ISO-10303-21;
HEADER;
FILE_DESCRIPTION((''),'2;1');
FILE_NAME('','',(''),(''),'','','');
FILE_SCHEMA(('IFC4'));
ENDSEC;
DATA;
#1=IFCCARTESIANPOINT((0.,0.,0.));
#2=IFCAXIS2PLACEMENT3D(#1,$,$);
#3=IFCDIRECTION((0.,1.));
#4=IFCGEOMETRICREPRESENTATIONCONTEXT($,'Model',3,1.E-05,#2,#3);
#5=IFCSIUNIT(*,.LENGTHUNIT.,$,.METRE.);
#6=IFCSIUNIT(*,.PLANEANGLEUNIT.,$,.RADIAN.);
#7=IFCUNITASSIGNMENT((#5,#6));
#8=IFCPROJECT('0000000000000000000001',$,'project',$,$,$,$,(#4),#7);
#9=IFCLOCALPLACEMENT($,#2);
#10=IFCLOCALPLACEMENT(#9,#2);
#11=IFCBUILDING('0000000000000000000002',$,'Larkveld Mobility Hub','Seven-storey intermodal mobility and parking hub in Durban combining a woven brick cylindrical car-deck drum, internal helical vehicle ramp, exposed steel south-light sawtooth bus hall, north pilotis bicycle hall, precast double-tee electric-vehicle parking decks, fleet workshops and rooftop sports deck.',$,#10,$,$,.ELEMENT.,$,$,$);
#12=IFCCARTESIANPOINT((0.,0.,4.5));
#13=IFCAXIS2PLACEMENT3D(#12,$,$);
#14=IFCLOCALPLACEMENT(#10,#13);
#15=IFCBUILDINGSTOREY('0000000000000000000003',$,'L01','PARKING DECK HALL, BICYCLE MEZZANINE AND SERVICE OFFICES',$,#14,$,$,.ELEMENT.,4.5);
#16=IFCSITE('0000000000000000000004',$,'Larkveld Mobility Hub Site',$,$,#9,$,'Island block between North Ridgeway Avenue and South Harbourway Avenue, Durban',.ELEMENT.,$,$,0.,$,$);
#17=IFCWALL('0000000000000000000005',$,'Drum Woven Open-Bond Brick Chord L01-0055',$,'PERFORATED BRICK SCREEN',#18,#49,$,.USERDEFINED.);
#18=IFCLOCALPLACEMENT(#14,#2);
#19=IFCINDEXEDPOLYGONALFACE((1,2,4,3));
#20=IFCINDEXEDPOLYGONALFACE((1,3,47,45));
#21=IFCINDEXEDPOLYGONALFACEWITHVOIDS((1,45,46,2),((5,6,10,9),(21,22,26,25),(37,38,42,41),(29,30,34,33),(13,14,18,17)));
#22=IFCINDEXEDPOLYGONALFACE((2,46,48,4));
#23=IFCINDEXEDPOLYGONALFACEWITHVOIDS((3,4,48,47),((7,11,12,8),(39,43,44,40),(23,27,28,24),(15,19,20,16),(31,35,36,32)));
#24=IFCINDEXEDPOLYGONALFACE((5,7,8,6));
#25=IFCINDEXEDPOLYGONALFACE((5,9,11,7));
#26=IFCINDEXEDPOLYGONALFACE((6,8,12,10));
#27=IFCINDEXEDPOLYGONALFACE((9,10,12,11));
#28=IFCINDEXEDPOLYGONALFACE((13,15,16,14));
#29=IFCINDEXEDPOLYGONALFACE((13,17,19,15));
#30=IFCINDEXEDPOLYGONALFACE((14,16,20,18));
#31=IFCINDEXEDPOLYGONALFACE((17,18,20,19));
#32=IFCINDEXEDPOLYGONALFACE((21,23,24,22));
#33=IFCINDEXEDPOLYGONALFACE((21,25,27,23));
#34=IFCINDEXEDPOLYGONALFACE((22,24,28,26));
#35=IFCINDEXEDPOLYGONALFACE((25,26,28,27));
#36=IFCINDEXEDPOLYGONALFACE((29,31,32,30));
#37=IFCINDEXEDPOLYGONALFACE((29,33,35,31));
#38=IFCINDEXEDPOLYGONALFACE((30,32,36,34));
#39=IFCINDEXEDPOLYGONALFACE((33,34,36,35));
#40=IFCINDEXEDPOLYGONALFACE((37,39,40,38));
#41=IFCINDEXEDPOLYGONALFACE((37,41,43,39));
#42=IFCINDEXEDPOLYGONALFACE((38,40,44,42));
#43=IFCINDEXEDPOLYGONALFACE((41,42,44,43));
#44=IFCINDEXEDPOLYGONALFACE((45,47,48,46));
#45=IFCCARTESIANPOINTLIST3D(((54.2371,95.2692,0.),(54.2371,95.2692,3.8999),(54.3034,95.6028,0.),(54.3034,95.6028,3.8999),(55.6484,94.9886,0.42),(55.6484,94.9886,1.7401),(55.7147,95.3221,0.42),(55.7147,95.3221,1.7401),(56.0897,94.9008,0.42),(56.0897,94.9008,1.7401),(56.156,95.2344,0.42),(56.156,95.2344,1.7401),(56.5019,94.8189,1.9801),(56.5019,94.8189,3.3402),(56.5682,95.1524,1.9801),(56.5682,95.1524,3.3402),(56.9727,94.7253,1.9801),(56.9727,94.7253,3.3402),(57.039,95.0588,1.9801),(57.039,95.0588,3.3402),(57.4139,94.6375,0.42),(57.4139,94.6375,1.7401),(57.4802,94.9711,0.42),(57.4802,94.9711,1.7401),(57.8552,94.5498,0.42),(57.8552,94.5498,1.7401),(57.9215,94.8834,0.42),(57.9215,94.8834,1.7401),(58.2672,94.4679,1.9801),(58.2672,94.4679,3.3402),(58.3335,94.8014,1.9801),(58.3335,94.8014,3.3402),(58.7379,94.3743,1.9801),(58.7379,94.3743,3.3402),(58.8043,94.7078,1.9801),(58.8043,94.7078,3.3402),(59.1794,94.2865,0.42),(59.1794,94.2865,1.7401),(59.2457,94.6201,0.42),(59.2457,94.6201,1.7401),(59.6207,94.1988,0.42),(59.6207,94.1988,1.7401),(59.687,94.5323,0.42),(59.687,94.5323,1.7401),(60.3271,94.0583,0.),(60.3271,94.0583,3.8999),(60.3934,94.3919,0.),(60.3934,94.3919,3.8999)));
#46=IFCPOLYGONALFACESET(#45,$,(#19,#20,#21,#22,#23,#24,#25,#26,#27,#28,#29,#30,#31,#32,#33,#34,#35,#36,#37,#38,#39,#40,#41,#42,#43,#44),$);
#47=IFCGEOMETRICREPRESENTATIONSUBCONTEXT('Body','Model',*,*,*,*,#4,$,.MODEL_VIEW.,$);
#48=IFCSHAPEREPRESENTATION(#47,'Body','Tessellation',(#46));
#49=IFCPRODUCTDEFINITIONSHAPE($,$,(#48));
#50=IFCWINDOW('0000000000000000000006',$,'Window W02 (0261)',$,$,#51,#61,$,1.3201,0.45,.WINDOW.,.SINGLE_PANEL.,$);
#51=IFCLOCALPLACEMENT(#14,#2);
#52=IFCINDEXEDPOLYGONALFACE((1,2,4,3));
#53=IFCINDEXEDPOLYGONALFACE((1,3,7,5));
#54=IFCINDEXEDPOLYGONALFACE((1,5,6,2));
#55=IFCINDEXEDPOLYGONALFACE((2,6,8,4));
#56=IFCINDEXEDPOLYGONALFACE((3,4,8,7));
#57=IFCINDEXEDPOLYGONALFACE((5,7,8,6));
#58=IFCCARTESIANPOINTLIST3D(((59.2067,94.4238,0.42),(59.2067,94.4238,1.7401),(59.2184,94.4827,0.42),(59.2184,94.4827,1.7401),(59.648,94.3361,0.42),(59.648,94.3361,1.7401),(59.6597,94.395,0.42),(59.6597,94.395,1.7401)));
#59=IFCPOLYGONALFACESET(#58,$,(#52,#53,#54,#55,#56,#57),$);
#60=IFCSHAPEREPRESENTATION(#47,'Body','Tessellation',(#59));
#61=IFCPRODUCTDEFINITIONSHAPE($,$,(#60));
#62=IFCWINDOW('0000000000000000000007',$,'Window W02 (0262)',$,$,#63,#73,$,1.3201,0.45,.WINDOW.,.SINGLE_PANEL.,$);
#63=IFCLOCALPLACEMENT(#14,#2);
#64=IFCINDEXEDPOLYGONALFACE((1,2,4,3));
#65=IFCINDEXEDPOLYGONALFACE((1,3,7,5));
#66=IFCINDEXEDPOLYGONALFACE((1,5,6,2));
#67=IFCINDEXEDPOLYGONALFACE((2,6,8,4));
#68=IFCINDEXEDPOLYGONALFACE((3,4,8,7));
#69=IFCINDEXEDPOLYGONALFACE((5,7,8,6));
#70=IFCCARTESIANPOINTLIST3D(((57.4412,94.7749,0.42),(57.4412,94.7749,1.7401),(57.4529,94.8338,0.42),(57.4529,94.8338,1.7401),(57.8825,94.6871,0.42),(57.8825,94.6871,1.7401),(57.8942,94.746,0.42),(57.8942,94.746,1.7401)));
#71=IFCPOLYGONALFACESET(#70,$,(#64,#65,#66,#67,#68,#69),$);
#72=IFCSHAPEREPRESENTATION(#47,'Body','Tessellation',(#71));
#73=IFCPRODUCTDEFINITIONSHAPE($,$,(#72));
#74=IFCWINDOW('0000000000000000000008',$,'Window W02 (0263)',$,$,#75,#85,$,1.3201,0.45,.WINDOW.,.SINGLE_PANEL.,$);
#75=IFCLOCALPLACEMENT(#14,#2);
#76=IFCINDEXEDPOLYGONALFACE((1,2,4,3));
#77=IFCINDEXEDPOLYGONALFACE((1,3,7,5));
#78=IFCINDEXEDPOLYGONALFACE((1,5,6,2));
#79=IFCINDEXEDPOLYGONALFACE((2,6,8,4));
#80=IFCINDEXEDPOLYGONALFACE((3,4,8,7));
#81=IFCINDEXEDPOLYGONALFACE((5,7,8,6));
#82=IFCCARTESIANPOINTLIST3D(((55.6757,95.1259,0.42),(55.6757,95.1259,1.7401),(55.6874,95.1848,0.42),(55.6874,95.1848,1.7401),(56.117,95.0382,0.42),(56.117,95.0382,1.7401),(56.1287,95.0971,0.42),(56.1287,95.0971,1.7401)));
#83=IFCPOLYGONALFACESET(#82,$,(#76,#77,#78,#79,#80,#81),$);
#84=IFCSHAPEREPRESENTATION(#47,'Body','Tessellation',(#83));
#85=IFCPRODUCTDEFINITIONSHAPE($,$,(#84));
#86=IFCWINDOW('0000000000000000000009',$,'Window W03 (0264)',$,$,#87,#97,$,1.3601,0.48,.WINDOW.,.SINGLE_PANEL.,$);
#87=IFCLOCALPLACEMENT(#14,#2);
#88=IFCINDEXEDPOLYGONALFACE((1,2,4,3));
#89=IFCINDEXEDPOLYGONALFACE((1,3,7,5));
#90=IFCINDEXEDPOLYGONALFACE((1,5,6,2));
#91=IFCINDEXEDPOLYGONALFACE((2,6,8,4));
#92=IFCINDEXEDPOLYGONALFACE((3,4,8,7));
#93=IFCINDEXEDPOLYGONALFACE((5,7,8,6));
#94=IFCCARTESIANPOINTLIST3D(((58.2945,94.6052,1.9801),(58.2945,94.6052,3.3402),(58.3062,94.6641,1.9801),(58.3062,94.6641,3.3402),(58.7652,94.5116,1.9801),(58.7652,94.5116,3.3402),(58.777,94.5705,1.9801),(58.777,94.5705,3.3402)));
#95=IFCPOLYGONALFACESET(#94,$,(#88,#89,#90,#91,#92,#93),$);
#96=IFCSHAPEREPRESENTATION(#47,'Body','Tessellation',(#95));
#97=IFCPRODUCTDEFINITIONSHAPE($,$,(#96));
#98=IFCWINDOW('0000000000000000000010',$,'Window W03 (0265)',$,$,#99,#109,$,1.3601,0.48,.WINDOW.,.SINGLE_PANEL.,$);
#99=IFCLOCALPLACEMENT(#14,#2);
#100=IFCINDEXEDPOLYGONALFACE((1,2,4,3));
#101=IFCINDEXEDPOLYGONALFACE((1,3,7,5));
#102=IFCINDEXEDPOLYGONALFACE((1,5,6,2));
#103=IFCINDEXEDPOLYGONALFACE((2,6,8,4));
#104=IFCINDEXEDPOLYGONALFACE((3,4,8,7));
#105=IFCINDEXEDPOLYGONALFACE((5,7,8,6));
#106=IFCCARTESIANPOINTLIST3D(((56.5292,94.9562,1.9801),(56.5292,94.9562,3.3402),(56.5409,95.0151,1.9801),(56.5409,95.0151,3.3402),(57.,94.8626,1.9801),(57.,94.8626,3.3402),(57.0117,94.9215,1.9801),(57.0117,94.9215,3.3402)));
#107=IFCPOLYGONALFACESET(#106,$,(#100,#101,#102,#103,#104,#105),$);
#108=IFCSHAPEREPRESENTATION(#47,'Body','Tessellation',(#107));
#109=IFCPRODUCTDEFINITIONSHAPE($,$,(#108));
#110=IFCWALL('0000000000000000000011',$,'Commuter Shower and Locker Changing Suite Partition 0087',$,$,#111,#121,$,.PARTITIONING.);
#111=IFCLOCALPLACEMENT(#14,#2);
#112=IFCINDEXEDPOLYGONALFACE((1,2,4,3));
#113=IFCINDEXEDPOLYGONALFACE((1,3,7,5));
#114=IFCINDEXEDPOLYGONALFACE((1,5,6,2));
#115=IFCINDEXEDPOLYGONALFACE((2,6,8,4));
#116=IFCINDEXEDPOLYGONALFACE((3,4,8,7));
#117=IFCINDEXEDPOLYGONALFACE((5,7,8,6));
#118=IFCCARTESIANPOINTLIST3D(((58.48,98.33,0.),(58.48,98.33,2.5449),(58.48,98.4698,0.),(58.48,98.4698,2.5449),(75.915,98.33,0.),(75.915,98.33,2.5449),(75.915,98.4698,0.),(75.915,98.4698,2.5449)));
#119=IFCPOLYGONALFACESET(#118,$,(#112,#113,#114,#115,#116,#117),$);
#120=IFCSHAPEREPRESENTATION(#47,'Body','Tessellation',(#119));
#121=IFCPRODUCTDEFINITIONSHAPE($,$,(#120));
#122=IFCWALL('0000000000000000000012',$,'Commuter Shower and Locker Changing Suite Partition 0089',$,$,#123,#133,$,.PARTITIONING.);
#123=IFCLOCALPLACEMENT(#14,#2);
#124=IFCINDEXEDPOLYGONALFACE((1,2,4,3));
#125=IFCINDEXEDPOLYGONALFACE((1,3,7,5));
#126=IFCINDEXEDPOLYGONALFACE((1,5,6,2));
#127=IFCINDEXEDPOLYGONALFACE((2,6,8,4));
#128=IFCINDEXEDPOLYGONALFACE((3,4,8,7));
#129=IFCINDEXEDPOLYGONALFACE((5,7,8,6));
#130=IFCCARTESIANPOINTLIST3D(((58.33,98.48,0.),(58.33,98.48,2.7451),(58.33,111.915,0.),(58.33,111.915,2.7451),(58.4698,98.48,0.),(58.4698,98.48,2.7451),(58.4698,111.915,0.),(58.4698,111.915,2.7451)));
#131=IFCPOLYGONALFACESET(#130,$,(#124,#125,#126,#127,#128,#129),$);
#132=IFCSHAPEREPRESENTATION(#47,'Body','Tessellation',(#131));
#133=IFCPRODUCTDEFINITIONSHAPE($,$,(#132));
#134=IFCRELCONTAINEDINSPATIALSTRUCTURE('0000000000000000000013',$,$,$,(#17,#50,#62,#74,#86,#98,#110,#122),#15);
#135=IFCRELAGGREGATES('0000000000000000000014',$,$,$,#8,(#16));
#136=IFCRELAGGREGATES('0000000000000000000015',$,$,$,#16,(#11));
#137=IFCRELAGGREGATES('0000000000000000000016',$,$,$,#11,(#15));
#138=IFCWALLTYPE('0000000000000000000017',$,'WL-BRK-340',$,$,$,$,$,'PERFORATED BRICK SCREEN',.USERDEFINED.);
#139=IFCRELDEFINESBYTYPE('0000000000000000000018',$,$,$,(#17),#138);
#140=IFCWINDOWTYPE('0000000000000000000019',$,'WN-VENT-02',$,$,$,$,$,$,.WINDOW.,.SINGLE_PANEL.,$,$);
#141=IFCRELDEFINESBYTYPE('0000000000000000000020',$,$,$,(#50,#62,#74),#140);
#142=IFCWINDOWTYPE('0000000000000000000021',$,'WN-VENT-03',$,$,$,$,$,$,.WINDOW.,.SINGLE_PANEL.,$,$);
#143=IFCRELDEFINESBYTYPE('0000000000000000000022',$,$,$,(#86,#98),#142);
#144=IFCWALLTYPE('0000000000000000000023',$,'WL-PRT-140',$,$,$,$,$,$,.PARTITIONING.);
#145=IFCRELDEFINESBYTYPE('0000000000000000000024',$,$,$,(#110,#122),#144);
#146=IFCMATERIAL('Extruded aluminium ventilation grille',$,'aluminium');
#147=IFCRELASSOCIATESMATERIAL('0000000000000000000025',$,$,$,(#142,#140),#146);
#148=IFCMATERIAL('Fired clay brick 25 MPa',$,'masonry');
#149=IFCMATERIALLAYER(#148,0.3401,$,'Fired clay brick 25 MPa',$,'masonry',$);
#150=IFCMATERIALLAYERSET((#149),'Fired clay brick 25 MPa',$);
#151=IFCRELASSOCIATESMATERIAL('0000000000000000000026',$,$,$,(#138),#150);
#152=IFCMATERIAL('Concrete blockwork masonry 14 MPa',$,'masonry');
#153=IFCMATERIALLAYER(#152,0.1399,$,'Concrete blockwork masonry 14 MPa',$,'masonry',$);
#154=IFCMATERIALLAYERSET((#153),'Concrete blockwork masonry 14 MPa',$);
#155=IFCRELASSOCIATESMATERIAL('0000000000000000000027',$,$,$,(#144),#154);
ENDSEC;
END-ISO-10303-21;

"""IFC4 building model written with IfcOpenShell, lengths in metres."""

from ifc_helpers import new_model, si_unit, direction, frame, frame_2d, origin, place, context, subcontext, project, spatial, rectangle, extrude, material, layer, layer_set, type_object, element, fill, save


model = new_model("IFC4")

# Units and contexts
model_context = context("Model", 3, precision=1e-05, world=origin(), true_north=direction((0.0, 1.0)))
body_context = subcontext(model_context, "Body", "Model", "MODEL_VIEW")
ifc_project = project(units=[si_unit("LENGTHUNIT", "METRE"), si_unit("PLANEANGLEUNIT", "RADIAN")], contexts=[model_context])

# Site, building, storey
site_placement = place(None, origin())
site = spatial("IfcSite", under=ifc_project, at=site_placement, Name="Larkveld Mobility Hub Site", LongName="Island block between North Ridgeway Avenue and South Harbourway Avenue, Durban", CompositionType="ELEMENT", RefElevation=0.0)
building_placement = place(site_placement, origin())
building = spatial("IfcBuilding", under=site, at=building_placement, Name="Larkveld Mobility Hub", Description="Seven-storey intermodal mobility and parking hub in Durban combining a woven brick cylindrical car-deck drum, internal helical vehicle ramp, exposed steel south-light sawtooth bus hall, north pilotis bicycle hall, precast double-tee electric-vehicle parking decks, fleet workshops and rooftop sports deck.", CompositionType="ELEMENT")
storey_placement = place(building_placement, frame((0.0, 0.0, 4.5)))
storey = spatial("IfcBuildingStorey", under=building, at=storey_placement, Name="L01", Description="PARKING DECK HALL, BICYCLE MEZZANINE AND SERVICE OFFICES", CompositionType="ELEMENT", Elevation=4.5)

# Wall, openings, windows
ifc_material_1 = material(Name="Fired clay brick 25 MPa", Category="masonry")
ifc_material_2 = material(Name="Extruded aluminium ventilation grille", Category="aluminium")
window_type_1 = type_object("IfcWindowType", Name="WN-VENT-03", PartitioningType="SINGLE_PANEL", PredefinedType="WINDOW", material=ifc_material_2)
ifc_layer_1 = layer(ifc_material_1, 0.3401, Name="Fired clay brick 25 MPa", Category="masonry")
ifc_layer_set_1 = layer_set([ifc_layer_1], Name="Fired clay brick 25 MPa")
wall_type_1 = type_object("IfcWallType", Name="WL-BRK-340", ElementType="PERFORATED BRICK SCREEN", PredefinedType="USERDEFINED", material=ifc_layer_set_1)
wall_1_placement = place(storey_placement, frame((60.3601, 94.2251, 0.0), z_axis=(0.0, 0.0, 1.0), x_axis=(-0.980799, 0.19502, 0.0)))
wall_1 = element("IfcWall", 1, at=wall_1_placement, inside=storey, type_object=wall_type_1, Name="Drum Woven Open-Bond Brick Chord L01-0055", ObjectType="PERFORATED BRICK SCREEN", PredefinedType="USERDEFINED", context=body_context, shape_type="SweptSolid", body=[
    extrude(rectangle(XDim=6.2092, YDim=0.3401, at=frame_2d((3.1045, 0.0))), origin(), (0.0, 0.0, 1.0), 3.8999),
])
opening_1_placement = place(wall_1_placement, frame((0.72, 0.0, 0.4199)))
opening_1 = element("IfcOpeningElement", 2, at=opening_1_placement, cuts=wall_1, PredefinedType="OPENING", context=body_context, shape_type="SweptSolid", body=[
    extrude(rectangle(XDim=0.45, YDim=1.3201, at=frame_2d((0.2251, 0.6602))), frame((0.0, 0.1802, 0.0), z_axis=(0.0, -1.0, 0.0), x_axis=(1.0, 0.0, 0.0)), (0.0, 0.0, 1.0), 0.3601),
])
opening_2_placement = place(wall_1_placement, frame((2.52, 0.0, 0.4199)))
opening_2 = element("IfcOpeningElement", 3, at=opening_2_placement, cuts=wall_1, PredefinedType="OPENING", context=body_context, shape_type="SweptSolid", body=[
    extrude(rectangle(XDim=0.45, YDim=1.3201, at=frame_2d((0.2251, 0.6602))), frame((0.0, 0.1802, 0.0), z_axis=(0.0, -1.0, 0.0), x_axis=(1.0, 0.0, 0.0)), (0.0, 0.0, 1.0), 0.3601),
])
opening_3_placement = place(wall_1_placement, frame((4.3201, 0.0, 0.4199)))
opening_3 = element("IfcOpeningElement", 4, at=opening_3_placement, cuts=wall_1, PredefinedType="OPENING", context=body_context, shape_type="SweptSolid", body=[
    extrude(rectangle(XDim=0.45, YDim=1.3201, at=frame_2d((0.2251, 0.6602))), frame((0.0, 0.1802, 0.0), z_axis=(0.0, -1.0, 0.0), x_axis=(1.0, 0.0, 0.0)), (0.0, 0.0, 1.0), 0.3601),
])
opening_4_placement = place(wall_1_placement, frame((1.6201, 0.0, 1.98)))
opening_4 = element("IfcOpeningElement", 5, at=opening_4_placement, cuts=wall_1, PredefinedType="OPENING", context=body_context, shape_type="SweptSolid", body=[
    extrude(rectangle(XDim=0.48, YDim=1.3601, at=frame_2d((0.24, 0.6802))), frame((0.0, 0.1802, 0.0), z_axis=(0.0, -1.0, 0.0), x_axis=(1.0, 0.0, 0.0)), (0.0, 0.0, 1.0), 0.3601),
])
opening_5_placement = place(wall_1_placement, frame((3.4199, 0.0, 1.98)))
opening_5 = element("IfcOpeningElement", 6, at=opening_5_placement, cuts=wall_1, PredefinedType="OPENING", context=body_context, shape_type="SweptSolid", body=[
    extrude(rectangle(XDim=0.48, YDim=1.3601, at=frame_2d((0.24, 0.6802))), frame((0.0, 0.1802, 0.0), z_axis=(0.0, -1.0, 0.0), x_axis=(1.0, 0.0, 0.0)), (0.0, 0.0, 1.0), 0.3601),
])
window_type_2 = type_object("IfcWindowType", Name="WN-VENT-02", PartitioningType="SINGLE_PANEL", PredefinedType="WINDOW", material=ifc_material_2)
window_1_placement = place(opening_1_placement, origin())
window_1 = element("IfcWindow", 7, at=window_1_placement, inside=storey, type_object=window_type_2, Name="Window W02 (0261)", OverallHeight=1.3201, OverallWidth=0.45, PartitioningType="SINGLE_PANEL", PredefinedType="WINDOW", context=body_context, shape_type="SweptSolid", body=[
    extrude(rectangle(XDim=0.45, YDim=1.3201, at=frame_2d((0.2251, 0.6602))), frame((0.0, 0.03, 0.0), z_axis=(0.0, -1.0, 0.0), x_axis=(1.0, 0.0, 0.0)), (0.0, 0.0, 1.0), 0.0601),
])
fill(opening_1, window_1)
window_2_placement = place(opening_2_placement, origin())
window_2 = element("IfcWindow", 8, at=window_2_placement, inside=storey, type_object=window_type_2, Name="Window W02 (0262)", OverallHeight=1.3201, OverallWidth=0.45, PartitioningType="SINGLE_PANEL", PredefinedType="WINDOW", context=body_context, shape_type="SweptSolid", body=[
    extrude(rectangle(XDim=0.45, YDim=1.3201, at=frame_2d((0.2251, 0.6602))), frame((0.0, 0.03, 0.0), z_axis=(0.0, -1.0, 0.0), x_axis=(1.0, 0.0, 0.0)), (0.0, 0.0, 1.0), 0.0601),
])
fill(opening_2, window_2)
window_3_placement = place(opening_3_placement, origin())
window_3 = element("IfcWindow", 9, at=window_3_placement, inside=storey, type_object=window_type_2, Name="Window W02 (0263)", OverallHeight=1.3201, OverallWidth=0.45, PartitioningType="SINGLE_PANEL", PredefinedType="WINDOW", context=body_context, shape_type="SweptSolid", body=[
    extrude(rectangle(XDim=0.45, YDim=1.3201, at=frame_2d((0.2251, 0.6602))), frame((0.0, 0.03, 0.0), z_axis=(0.0, -1.0, 0.0), x_axis=(1.0, 0.0, 0.0)), (0.0, 0.0, 1.0), 0.0601),
])
fill(opening_3, window_3)
window_4_placement = place(opening_4_placement, origin())
window_4 = element("IfcWindow", 10, at=window_4_placement, inside=storey, type_object=window_type_1, Name="Window W03 (0264)", OverallHeight=1.3601, OverallWidth=0.48, PartitioningType="SINGLE_PANEL", PredefinedType="WINDOW", context=body_context, shape_type="SweptSolid", body=[
    extrude(rectangle(XDim=0.48, YDim=1.3601, at=frame_2d((0.24, 0.6802))), frame((0.0, 0.03, 0.0), z_axis=(0.0, -1.0, 0.0), x_axis=(1.0, 0.0, 0.0)), (0.0, 0.0, 1.0), 0.0601),
])
fill(opening_4, window_4)
window_5_placement = place(opening_5_placement, origin())
window_5 = element("IfcWindow", 11, at=window_5_placement, inside=storey, type_object=window_type_1, Name="Window W03 (0265)", OverallHeight=1.3601, OverallWidth=0.48, PartitioningType="SINGLE_PANEL", PredefinedType="WINDOW", context=body_context, shape_type="SweptSolid", body=[
    extrude(rectangle(XDim=0.48, YDim=1.3601, at=frame_2d((0.24, 0.6802))), frame((0.0, 0.03, 0.0), z_axis=(0.0, -1.0, 0.0), x_axis=(1.0, 0.0, 0.0)), (0.0, 0.0, 1.0), 0.0601),
])
fill(opening_5, window_5)

# Walls
ifc_material_3 = material(Name="Concrete blockwork masonry 14 MPa", Category="masonry")
ifc_layer_2 = layer(ifc_material_3, 0.1399, Name="Concrete blockwork masonry 14 MPa", Category="masonry")
ifc_layer_set_2 = layer_set([ifc_layer_2], Name="Concrete blockwork masonry 14 MPa")
wall_type_2 = type_object("IfcWallType", Name="WL-PRT-140", PredefinedType="PARTITIONING", material=ifc_layer_set_2)
wall_2_placement = place(storey_placement, frame((58.48, 98.3999, 0.0), z_axis=(0.0, 0.0, 1.0), x_axis=(1.0, 0.0, 0.0)))
element("IfcWall", 12, at=wall_2_placement, inside=storey, type_object=wall_type_2, Name="Commuter Shower and Locker Changing Suite Partition 0087", PredefinedType="PARTITIONING", context=body_context, shape_type="SweptSolid", body=[
    extrude(rectangle(XDim=17.4351, YDim=0.1399, at=frame_2d((8.7175, 0.0))), origin(), (0.0, 0.0, 1.0), 2.5449),
])
wall_3_placement = place(storey_placement, frame((58.3999, 98.48, 0.0), z_axis=(0.0, 0.0, 1.0), x_axis=(0.0, 1.0, 0.0)))
element("IfcWall", 13, at=wall_3_placement, inside=storey, type_object=wall_type_2, Name="Commuter Shower and Locker Changing Suite Partition 0089", PredefinedType="PARTITIONING", context=body_context, shape_type="SweptSolid", body=[
    extrude(rectangle(XDim=13.4351, YDim=0.1399, at=frame_2d((6.7175, 0.0))), origin(), (0.0, 0.0, 1.0), 2.7451),
])

save(model, "model.ifc")
